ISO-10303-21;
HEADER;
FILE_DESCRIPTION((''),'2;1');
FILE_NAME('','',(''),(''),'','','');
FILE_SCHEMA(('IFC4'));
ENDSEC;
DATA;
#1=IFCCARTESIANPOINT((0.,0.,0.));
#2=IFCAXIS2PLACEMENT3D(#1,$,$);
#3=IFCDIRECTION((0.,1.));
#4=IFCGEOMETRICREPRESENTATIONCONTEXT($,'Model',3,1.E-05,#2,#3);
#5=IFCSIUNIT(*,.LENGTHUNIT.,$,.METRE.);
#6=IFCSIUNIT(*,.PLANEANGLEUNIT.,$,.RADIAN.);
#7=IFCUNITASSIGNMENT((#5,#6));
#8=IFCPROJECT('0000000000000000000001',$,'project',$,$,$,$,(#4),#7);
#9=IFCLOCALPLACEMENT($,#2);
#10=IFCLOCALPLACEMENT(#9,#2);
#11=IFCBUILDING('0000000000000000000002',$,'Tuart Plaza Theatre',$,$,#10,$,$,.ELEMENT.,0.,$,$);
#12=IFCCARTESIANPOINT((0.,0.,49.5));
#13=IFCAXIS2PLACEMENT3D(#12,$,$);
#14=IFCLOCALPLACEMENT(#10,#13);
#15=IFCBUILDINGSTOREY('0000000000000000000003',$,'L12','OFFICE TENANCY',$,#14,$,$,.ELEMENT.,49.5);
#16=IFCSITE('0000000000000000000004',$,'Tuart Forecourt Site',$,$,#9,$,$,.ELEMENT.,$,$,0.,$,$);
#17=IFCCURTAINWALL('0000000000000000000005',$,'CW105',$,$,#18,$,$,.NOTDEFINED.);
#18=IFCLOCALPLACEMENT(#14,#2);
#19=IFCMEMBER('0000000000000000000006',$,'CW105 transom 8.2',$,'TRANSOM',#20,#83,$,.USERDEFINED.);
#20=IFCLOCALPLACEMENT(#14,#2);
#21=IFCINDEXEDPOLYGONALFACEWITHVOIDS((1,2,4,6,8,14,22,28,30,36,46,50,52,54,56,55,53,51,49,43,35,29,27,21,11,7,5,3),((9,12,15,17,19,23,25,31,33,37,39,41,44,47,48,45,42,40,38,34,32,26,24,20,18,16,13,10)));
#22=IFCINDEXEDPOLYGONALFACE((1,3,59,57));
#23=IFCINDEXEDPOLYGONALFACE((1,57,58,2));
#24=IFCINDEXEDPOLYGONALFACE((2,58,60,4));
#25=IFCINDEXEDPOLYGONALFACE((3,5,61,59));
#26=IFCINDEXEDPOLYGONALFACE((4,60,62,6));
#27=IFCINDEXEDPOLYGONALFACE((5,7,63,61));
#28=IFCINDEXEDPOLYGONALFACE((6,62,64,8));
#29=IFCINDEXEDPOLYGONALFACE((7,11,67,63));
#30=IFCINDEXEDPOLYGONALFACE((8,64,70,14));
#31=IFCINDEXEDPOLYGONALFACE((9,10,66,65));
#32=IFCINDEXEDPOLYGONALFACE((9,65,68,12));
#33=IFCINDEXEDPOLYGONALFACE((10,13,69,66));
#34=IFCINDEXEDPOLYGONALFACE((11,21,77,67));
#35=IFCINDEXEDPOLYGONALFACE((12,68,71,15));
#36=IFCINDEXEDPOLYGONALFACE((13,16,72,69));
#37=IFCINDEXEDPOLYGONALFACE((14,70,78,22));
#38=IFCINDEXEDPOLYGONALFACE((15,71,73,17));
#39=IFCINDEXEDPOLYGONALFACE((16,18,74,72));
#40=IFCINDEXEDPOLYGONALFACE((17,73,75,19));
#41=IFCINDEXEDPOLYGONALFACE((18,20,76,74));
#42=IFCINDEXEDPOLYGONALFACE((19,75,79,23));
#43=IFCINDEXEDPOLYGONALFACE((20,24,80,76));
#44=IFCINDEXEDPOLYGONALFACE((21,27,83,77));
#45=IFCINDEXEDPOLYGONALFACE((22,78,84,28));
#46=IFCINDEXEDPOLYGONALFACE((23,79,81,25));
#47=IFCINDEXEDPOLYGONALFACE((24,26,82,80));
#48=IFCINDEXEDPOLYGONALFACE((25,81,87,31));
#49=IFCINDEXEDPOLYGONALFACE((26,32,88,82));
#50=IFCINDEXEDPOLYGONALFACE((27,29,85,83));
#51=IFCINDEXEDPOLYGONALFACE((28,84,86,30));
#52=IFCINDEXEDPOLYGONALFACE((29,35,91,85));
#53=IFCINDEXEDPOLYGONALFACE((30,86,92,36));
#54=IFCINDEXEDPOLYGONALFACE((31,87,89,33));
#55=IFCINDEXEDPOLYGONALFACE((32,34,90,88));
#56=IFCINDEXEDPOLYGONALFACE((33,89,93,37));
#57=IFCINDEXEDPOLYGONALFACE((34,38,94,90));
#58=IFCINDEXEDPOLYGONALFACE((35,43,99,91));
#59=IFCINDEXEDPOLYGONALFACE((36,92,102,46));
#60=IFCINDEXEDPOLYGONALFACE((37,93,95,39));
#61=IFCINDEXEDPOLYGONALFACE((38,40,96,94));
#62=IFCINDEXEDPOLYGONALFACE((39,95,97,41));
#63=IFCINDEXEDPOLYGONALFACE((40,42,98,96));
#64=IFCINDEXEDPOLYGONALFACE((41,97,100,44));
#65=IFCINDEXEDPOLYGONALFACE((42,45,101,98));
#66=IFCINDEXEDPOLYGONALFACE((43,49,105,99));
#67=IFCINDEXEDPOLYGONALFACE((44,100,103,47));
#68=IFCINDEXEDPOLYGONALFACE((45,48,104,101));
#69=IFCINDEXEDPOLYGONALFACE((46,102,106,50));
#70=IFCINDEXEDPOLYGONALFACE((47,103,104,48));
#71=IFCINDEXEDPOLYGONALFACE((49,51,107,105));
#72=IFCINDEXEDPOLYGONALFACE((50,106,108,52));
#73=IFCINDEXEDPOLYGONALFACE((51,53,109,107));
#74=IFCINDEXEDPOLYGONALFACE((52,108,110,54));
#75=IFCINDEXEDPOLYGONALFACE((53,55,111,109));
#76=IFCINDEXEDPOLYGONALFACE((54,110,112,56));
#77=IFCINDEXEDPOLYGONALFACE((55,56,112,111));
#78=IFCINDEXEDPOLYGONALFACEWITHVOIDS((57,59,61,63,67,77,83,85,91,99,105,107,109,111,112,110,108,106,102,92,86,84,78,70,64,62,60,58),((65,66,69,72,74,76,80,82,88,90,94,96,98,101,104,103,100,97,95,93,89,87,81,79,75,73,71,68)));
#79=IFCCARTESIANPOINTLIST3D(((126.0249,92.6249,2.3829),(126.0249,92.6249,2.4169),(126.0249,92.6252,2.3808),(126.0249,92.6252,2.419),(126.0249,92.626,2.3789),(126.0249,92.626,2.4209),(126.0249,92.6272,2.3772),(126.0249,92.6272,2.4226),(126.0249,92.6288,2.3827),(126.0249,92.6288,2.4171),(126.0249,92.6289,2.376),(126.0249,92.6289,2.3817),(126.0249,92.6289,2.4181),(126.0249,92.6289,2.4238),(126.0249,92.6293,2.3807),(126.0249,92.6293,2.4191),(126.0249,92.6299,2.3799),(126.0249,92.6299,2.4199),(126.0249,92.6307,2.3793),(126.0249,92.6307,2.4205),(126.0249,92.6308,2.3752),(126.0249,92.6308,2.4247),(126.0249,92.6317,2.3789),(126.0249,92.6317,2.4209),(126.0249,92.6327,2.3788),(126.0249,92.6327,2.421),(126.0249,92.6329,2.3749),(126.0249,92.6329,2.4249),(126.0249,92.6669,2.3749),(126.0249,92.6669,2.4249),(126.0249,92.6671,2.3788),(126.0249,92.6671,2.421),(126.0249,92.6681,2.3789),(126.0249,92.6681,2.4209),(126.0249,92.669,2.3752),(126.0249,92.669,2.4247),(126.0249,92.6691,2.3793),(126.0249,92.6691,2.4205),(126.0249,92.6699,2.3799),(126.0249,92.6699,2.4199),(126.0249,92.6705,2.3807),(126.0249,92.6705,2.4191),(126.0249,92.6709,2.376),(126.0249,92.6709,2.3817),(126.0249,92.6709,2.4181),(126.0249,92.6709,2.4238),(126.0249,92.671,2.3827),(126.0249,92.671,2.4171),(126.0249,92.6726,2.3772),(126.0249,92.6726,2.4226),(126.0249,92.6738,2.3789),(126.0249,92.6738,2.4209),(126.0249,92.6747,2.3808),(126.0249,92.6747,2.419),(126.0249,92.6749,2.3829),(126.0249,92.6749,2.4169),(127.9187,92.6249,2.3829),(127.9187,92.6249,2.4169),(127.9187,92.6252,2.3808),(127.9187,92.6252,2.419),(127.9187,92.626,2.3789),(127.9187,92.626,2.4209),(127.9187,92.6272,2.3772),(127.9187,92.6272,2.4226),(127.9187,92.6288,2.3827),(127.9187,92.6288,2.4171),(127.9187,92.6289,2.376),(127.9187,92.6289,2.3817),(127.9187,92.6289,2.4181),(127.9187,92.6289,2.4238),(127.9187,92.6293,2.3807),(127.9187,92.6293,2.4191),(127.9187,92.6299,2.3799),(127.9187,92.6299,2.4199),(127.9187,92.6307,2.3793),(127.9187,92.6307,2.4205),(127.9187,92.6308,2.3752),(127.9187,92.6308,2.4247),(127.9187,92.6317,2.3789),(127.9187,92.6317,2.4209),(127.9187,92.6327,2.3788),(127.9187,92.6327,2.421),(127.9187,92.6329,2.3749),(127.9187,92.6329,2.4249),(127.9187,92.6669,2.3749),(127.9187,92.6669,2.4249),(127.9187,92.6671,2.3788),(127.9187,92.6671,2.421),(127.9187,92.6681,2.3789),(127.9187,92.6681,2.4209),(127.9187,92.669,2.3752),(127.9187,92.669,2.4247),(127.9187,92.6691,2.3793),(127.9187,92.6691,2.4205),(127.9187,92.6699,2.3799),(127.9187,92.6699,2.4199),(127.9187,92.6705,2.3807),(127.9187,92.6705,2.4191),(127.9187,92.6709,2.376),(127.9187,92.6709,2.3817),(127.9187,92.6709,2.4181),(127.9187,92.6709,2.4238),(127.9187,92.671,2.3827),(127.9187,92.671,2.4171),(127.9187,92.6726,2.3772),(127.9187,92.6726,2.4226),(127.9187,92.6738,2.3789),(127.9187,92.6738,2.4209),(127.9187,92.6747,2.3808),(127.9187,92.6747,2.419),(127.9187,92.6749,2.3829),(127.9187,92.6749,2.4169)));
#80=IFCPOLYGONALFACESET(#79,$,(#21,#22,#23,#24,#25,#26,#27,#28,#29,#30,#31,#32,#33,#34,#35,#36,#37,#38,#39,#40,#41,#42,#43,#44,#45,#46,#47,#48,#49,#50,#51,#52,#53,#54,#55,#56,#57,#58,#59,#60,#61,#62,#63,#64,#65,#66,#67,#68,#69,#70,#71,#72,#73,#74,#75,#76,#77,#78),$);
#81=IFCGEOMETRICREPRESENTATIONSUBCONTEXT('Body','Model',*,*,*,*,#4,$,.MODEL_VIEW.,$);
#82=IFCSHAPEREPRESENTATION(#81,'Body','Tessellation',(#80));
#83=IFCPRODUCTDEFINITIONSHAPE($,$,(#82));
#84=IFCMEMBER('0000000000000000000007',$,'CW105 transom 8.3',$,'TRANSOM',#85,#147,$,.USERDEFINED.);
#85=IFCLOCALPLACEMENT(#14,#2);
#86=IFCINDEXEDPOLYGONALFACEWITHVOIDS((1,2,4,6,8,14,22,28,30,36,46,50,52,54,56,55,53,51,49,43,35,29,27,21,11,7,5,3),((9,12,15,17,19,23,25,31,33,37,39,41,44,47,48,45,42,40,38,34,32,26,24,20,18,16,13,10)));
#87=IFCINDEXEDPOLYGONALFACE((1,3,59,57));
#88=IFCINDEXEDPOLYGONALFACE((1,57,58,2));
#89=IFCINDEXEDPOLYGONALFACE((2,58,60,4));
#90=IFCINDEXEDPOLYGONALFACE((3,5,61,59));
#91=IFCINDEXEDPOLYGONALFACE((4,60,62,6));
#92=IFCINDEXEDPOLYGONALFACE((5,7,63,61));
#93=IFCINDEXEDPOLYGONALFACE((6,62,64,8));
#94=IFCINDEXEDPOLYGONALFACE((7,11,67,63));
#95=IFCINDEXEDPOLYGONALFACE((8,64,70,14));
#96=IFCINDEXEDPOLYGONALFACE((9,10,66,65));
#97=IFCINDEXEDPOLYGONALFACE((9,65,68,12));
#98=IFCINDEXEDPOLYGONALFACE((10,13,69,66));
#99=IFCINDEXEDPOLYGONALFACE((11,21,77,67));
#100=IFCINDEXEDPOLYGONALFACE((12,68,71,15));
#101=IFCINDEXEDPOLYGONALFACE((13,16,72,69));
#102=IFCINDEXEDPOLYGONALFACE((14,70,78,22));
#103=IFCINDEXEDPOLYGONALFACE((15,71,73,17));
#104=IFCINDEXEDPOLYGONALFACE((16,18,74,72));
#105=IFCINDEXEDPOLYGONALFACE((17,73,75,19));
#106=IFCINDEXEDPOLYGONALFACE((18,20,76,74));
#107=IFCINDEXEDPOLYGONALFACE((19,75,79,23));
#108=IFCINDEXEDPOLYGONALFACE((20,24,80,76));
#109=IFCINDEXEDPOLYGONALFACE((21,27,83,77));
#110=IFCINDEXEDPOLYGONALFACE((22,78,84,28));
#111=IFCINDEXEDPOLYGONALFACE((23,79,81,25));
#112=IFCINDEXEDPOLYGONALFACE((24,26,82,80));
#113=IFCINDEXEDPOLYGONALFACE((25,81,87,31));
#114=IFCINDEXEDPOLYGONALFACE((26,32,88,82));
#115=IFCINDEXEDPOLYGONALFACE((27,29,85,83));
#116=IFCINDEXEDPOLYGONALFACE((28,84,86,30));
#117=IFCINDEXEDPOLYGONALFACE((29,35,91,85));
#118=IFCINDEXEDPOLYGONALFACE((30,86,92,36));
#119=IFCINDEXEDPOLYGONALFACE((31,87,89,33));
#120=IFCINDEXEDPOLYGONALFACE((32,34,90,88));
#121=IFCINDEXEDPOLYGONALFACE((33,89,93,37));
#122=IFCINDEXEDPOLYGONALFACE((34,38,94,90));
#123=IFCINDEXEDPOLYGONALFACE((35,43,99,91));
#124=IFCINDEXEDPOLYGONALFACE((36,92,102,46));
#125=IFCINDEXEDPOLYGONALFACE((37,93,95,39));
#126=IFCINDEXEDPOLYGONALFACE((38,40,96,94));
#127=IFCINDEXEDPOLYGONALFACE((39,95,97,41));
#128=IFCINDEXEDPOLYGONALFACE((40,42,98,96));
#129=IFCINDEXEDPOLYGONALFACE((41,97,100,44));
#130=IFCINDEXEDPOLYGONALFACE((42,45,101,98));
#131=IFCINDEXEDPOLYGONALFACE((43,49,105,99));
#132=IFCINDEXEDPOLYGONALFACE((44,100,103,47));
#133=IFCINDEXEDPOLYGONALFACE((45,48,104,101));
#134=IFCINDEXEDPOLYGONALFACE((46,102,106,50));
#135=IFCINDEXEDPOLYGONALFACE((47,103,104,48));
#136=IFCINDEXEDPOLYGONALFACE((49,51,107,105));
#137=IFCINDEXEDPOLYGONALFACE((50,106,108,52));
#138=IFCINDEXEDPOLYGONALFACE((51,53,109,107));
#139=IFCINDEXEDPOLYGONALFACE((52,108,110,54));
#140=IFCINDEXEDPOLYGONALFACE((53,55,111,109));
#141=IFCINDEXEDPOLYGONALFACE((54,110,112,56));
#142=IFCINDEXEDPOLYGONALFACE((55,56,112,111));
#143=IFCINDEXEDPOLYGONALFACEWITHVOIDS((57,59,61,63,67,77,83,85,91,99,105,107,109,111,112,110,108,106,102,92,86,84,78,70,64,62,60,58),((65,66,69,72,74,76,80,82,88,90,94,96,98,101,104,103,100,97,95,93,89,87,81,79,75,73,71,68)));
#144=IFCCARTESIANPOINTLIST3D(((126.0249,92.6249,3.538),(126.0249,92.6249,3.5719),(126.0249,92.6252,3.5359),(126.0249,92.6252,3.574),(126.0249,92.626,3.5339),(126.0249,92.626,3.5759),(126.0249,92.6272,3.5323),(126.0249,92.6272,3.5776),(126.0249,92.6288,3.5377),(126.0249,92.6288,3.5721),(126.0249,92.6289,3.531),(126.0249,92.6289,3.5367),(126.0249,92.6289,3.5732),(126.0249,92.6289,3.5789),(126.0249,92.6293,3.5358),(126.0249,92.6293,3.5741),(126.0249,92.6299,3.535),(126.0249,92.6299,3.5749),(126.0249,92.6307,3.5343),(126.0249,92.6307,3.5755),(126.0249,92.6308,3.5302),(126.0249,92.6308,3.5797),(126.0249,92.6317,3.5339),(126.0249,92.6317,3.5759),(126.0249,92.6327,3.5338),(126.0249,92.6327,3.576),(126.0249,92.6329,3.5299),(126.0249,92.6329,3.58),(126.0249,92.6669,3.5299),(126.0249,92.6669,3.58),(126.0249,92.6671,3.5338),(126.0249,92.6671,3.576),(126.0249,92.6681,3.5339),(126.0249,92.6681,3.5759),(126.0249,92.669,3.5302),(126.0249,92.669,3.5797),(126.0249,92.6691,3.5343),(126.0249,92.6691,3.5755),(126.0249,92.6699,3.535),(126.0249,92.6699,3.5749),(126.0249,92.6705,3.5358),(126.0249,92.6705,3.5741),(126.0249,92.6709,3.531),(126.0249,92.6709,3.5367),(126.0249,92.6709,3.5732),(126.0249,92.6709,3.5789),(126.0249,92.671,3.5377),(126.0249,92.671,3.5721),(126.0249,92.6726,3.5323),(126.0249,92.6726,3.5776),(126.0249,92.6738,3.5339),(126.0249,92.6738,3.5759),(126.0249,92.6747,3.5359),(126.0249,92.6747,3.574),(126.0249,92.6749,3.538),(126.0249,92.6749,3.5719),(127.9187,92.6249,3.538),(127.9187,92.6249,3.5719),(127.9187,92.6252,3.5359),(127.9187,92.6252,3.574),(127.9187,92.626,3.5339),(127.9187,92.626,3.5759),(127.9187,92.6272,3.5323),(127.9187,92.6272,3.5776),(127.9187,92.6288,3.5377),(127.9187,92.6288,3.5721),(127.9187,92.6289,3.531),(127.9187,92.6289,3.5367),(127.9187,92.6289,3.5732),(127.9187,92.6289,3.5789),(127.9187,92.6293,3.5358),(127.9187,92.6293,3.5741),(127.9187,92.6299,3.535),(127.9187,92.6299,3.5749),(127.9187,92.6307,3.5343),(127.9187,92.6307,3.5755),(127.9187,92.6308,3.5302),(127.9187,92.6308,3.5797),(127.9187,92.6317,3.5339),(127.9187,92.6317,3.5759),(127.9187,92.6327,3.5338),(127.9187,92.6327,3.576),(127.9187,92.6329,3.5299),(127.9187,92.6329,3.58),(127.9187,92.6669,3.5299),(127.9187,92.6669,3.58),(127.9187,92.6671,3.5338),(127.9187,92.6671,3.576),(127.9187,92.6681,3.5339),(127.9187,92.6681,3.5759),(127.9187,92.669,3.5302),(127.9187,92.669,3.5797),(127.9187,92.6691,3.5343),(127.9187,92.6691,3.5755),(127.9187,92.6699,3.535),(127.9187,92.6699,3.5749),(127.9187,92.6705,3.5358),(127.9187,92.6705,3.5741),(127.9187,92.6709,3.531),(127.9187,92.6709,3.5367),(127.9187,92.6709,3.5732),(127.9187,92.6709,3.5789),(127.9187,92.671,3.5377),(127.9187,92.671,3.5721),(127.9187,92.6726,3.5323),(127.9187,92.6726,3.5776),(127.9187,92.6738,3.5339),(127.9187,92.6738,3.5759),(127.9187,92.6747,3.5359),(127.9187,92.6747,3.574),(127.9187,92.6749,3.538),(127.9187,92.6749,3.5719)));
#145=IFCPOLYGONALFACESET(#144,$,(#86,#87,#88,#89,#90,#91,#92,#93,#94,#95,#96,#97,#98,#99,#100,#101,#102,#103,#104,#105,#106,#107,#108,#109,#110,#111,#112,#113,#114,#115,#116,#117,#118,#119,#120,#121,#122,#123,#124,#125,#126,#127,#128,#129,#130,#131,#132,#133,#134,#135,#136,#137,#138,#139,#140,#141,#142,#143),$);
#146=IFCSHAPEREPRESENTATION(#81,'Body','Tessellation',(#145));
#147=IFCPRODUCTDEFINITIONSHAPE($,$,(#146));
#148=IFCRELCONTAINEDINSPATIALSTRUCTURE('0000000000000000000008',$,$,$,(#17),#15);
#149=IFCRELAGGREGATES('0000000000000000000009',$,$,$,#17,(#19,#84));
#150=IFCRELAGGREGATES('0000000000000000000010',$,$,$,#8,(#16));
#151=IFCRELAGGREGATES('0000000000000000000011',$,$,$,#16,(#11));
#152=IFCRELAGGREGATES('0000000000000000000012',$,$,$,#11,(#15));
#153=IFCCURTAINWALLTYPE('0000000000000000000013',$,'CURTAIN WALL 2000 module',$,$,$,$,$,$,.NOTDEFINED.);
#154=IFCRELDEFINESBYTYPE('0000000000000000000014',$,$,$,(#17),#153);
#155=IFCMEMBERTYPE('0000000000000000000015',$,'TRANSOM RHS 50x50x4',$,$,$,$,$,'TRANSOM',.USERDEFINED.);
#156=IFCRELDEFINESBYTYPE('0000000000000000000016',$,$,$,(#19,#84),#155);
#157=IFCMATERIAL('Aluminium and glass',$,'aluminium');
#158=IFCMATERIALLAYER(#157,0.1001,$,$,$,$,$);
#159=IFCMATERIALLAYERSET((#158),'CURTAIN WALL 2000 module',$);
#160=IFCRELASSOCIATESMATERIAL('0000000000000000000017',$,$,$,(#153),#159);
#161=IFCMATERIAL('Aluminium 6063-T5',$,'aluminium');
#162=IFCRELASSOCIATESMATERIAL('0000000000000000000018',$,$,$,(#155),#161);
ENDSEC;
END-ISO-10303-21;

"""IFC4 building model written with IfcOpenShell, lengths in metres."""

from ifc_helpers import new_model, si_unit, direction, frame, origin, origin_2d, place, context, subcontext, project, spatial, hollow_rectangle, extrude, material, layer, layer_set, material_profile, profile_set, type_object, element, aggregate, save


model = new_model("IFC4")

# Units and contexts
model_context = context("Model", 3, precision=1e-05, world=origin(), true_north=direction((0.0, 1.0)))
body_context = subcontext(model_context, "Body", "Model", "MODEL_VIEW")
ifc_project = project(units=[si_unit("LENGTHUNIT", "METRE"), si_unit("PLANEANGLEUNIT", "RADIAN")], contexts=[model_context])

# Site, building, storey
site_placement = place(None, origin())
site = spatial("IfcSite", under=ifc_project, at=site_placement, Name="Tuart Forecourt Site", CompositionType="ELEMENT", RefElevation=0.0)
building_placement = place(site_placement, origin())
building = spatial("IfcBuilding", under=site, at=building_placement, Name="Tuart Plaza Theatre", CompositionType="ELEMENT", ElevationOfRefHeight=0.0)
storey_placement = place(building_placement, frame((0.0, 0.0, 49.5)))
storey = spatial("IfcBuildingStorey", under=building, at=storey_placement, Name="L12", Description="OFFICE TENANCY", CompositionType="ELEMENT", Elevation=49.5)

# Curtain wall, members
ifc_material_1 = material(Name="Aluminium and glass", Category="aluminium")
ifc_layer_1 = layer(ifc_material_1, 0.1001)
ifc_layer_set_1 = layer_set([ifc_layer_1], Name="CURTAIN WALL 2000 module")
curtain_wall_type = type_object("IfcCurtainWallType", Name="CURTAIN WALL 2000 module", PredefinedType="NOTDEFINED", material=ifc_layer_set_1)
curtain_wall_placement = place(storey_placement, origin())
curtain_wall = element("IfcCurtainWall", 1, at=curtain_wall_placement, inside=storey, type_object=curtain_wall_type, Name="CW105", PredefinedType="NOTDEFINED")
ifc_material_2 = material(Name="Aluminium 6063-T5", Category="aluminium")
ifc_material_profile_1 = material_profile(ifc_material_2, hollow_rectangle(XDim=0.05, YDim=0.05, WallThickness=0.0039, InnerFilletRadius=0.0039, OuterFilletRadius=0.0081, at=origin_2d()), Name="RHS 50x50x4")
ifc_profile_set_1 = profile_set([ifc_material_profile_1], Name="Aluminium 6063-T5")
member_type_1 = type_object("IfcMemberType", Name="TRANSOM RHS 50x50x4", ElementType="TRANSOM", PredefinedType="USERDEFINED", material=ifc_profile_set_1)
member_1_placement = place(storey_placement, frame((127.9187, 92.6499, 2.3999), z_axis=(-1.0, 0.0, 0.0), x_axis=(0.0, -1.0, 0.0)))
member_1 = element("IfcMember", 2, at=member_1_placement, type_object=member_type_1, Name="CW105 transom 8.2", ObjectType="TRANSOM", PredefinedType="USERDEFINED", context=body_context, shape_type="SweptSolid", body=[
    extrude(hollow_rectangle(XDim=0.05, YDim=0.05, WallThickness=0.0039, InnerFilletRadius=0.0039, OuterFilletRadius=0.0081, at=origin_2d()), origin(), (0.0, 0.0, 1.0), 1.8938),
])
member_2_placement = place(storey_placement, frame((127.9187, 92.6499, 3.5549), z_axis=(-1.0, 0.0, 0.0), x_axis=(0.0, -1.0, 0.0)))
member_2 = element("IfcMember", 3, at=member_2_placement, type_object=member_type_1, Name="CW105 transom 8.3", ObjectType="TRANSOM", PredefinedType="USERDEFINED", context=body_context, shape_type="SweptSolid", body=[
    extrude(hollow_rectangle(XDim=0.05, YDim=0.05, WallThickness=0.0039, InnerFilletRadius=0.0039, OuterFilletRadius=0.0081, at=origin_2d()), origin(), (0.0, 0.0, 1.0), 1.8938),
])
aggregate(curtain_wall, [member_1, member_2])

save(model, "model.ifc")
